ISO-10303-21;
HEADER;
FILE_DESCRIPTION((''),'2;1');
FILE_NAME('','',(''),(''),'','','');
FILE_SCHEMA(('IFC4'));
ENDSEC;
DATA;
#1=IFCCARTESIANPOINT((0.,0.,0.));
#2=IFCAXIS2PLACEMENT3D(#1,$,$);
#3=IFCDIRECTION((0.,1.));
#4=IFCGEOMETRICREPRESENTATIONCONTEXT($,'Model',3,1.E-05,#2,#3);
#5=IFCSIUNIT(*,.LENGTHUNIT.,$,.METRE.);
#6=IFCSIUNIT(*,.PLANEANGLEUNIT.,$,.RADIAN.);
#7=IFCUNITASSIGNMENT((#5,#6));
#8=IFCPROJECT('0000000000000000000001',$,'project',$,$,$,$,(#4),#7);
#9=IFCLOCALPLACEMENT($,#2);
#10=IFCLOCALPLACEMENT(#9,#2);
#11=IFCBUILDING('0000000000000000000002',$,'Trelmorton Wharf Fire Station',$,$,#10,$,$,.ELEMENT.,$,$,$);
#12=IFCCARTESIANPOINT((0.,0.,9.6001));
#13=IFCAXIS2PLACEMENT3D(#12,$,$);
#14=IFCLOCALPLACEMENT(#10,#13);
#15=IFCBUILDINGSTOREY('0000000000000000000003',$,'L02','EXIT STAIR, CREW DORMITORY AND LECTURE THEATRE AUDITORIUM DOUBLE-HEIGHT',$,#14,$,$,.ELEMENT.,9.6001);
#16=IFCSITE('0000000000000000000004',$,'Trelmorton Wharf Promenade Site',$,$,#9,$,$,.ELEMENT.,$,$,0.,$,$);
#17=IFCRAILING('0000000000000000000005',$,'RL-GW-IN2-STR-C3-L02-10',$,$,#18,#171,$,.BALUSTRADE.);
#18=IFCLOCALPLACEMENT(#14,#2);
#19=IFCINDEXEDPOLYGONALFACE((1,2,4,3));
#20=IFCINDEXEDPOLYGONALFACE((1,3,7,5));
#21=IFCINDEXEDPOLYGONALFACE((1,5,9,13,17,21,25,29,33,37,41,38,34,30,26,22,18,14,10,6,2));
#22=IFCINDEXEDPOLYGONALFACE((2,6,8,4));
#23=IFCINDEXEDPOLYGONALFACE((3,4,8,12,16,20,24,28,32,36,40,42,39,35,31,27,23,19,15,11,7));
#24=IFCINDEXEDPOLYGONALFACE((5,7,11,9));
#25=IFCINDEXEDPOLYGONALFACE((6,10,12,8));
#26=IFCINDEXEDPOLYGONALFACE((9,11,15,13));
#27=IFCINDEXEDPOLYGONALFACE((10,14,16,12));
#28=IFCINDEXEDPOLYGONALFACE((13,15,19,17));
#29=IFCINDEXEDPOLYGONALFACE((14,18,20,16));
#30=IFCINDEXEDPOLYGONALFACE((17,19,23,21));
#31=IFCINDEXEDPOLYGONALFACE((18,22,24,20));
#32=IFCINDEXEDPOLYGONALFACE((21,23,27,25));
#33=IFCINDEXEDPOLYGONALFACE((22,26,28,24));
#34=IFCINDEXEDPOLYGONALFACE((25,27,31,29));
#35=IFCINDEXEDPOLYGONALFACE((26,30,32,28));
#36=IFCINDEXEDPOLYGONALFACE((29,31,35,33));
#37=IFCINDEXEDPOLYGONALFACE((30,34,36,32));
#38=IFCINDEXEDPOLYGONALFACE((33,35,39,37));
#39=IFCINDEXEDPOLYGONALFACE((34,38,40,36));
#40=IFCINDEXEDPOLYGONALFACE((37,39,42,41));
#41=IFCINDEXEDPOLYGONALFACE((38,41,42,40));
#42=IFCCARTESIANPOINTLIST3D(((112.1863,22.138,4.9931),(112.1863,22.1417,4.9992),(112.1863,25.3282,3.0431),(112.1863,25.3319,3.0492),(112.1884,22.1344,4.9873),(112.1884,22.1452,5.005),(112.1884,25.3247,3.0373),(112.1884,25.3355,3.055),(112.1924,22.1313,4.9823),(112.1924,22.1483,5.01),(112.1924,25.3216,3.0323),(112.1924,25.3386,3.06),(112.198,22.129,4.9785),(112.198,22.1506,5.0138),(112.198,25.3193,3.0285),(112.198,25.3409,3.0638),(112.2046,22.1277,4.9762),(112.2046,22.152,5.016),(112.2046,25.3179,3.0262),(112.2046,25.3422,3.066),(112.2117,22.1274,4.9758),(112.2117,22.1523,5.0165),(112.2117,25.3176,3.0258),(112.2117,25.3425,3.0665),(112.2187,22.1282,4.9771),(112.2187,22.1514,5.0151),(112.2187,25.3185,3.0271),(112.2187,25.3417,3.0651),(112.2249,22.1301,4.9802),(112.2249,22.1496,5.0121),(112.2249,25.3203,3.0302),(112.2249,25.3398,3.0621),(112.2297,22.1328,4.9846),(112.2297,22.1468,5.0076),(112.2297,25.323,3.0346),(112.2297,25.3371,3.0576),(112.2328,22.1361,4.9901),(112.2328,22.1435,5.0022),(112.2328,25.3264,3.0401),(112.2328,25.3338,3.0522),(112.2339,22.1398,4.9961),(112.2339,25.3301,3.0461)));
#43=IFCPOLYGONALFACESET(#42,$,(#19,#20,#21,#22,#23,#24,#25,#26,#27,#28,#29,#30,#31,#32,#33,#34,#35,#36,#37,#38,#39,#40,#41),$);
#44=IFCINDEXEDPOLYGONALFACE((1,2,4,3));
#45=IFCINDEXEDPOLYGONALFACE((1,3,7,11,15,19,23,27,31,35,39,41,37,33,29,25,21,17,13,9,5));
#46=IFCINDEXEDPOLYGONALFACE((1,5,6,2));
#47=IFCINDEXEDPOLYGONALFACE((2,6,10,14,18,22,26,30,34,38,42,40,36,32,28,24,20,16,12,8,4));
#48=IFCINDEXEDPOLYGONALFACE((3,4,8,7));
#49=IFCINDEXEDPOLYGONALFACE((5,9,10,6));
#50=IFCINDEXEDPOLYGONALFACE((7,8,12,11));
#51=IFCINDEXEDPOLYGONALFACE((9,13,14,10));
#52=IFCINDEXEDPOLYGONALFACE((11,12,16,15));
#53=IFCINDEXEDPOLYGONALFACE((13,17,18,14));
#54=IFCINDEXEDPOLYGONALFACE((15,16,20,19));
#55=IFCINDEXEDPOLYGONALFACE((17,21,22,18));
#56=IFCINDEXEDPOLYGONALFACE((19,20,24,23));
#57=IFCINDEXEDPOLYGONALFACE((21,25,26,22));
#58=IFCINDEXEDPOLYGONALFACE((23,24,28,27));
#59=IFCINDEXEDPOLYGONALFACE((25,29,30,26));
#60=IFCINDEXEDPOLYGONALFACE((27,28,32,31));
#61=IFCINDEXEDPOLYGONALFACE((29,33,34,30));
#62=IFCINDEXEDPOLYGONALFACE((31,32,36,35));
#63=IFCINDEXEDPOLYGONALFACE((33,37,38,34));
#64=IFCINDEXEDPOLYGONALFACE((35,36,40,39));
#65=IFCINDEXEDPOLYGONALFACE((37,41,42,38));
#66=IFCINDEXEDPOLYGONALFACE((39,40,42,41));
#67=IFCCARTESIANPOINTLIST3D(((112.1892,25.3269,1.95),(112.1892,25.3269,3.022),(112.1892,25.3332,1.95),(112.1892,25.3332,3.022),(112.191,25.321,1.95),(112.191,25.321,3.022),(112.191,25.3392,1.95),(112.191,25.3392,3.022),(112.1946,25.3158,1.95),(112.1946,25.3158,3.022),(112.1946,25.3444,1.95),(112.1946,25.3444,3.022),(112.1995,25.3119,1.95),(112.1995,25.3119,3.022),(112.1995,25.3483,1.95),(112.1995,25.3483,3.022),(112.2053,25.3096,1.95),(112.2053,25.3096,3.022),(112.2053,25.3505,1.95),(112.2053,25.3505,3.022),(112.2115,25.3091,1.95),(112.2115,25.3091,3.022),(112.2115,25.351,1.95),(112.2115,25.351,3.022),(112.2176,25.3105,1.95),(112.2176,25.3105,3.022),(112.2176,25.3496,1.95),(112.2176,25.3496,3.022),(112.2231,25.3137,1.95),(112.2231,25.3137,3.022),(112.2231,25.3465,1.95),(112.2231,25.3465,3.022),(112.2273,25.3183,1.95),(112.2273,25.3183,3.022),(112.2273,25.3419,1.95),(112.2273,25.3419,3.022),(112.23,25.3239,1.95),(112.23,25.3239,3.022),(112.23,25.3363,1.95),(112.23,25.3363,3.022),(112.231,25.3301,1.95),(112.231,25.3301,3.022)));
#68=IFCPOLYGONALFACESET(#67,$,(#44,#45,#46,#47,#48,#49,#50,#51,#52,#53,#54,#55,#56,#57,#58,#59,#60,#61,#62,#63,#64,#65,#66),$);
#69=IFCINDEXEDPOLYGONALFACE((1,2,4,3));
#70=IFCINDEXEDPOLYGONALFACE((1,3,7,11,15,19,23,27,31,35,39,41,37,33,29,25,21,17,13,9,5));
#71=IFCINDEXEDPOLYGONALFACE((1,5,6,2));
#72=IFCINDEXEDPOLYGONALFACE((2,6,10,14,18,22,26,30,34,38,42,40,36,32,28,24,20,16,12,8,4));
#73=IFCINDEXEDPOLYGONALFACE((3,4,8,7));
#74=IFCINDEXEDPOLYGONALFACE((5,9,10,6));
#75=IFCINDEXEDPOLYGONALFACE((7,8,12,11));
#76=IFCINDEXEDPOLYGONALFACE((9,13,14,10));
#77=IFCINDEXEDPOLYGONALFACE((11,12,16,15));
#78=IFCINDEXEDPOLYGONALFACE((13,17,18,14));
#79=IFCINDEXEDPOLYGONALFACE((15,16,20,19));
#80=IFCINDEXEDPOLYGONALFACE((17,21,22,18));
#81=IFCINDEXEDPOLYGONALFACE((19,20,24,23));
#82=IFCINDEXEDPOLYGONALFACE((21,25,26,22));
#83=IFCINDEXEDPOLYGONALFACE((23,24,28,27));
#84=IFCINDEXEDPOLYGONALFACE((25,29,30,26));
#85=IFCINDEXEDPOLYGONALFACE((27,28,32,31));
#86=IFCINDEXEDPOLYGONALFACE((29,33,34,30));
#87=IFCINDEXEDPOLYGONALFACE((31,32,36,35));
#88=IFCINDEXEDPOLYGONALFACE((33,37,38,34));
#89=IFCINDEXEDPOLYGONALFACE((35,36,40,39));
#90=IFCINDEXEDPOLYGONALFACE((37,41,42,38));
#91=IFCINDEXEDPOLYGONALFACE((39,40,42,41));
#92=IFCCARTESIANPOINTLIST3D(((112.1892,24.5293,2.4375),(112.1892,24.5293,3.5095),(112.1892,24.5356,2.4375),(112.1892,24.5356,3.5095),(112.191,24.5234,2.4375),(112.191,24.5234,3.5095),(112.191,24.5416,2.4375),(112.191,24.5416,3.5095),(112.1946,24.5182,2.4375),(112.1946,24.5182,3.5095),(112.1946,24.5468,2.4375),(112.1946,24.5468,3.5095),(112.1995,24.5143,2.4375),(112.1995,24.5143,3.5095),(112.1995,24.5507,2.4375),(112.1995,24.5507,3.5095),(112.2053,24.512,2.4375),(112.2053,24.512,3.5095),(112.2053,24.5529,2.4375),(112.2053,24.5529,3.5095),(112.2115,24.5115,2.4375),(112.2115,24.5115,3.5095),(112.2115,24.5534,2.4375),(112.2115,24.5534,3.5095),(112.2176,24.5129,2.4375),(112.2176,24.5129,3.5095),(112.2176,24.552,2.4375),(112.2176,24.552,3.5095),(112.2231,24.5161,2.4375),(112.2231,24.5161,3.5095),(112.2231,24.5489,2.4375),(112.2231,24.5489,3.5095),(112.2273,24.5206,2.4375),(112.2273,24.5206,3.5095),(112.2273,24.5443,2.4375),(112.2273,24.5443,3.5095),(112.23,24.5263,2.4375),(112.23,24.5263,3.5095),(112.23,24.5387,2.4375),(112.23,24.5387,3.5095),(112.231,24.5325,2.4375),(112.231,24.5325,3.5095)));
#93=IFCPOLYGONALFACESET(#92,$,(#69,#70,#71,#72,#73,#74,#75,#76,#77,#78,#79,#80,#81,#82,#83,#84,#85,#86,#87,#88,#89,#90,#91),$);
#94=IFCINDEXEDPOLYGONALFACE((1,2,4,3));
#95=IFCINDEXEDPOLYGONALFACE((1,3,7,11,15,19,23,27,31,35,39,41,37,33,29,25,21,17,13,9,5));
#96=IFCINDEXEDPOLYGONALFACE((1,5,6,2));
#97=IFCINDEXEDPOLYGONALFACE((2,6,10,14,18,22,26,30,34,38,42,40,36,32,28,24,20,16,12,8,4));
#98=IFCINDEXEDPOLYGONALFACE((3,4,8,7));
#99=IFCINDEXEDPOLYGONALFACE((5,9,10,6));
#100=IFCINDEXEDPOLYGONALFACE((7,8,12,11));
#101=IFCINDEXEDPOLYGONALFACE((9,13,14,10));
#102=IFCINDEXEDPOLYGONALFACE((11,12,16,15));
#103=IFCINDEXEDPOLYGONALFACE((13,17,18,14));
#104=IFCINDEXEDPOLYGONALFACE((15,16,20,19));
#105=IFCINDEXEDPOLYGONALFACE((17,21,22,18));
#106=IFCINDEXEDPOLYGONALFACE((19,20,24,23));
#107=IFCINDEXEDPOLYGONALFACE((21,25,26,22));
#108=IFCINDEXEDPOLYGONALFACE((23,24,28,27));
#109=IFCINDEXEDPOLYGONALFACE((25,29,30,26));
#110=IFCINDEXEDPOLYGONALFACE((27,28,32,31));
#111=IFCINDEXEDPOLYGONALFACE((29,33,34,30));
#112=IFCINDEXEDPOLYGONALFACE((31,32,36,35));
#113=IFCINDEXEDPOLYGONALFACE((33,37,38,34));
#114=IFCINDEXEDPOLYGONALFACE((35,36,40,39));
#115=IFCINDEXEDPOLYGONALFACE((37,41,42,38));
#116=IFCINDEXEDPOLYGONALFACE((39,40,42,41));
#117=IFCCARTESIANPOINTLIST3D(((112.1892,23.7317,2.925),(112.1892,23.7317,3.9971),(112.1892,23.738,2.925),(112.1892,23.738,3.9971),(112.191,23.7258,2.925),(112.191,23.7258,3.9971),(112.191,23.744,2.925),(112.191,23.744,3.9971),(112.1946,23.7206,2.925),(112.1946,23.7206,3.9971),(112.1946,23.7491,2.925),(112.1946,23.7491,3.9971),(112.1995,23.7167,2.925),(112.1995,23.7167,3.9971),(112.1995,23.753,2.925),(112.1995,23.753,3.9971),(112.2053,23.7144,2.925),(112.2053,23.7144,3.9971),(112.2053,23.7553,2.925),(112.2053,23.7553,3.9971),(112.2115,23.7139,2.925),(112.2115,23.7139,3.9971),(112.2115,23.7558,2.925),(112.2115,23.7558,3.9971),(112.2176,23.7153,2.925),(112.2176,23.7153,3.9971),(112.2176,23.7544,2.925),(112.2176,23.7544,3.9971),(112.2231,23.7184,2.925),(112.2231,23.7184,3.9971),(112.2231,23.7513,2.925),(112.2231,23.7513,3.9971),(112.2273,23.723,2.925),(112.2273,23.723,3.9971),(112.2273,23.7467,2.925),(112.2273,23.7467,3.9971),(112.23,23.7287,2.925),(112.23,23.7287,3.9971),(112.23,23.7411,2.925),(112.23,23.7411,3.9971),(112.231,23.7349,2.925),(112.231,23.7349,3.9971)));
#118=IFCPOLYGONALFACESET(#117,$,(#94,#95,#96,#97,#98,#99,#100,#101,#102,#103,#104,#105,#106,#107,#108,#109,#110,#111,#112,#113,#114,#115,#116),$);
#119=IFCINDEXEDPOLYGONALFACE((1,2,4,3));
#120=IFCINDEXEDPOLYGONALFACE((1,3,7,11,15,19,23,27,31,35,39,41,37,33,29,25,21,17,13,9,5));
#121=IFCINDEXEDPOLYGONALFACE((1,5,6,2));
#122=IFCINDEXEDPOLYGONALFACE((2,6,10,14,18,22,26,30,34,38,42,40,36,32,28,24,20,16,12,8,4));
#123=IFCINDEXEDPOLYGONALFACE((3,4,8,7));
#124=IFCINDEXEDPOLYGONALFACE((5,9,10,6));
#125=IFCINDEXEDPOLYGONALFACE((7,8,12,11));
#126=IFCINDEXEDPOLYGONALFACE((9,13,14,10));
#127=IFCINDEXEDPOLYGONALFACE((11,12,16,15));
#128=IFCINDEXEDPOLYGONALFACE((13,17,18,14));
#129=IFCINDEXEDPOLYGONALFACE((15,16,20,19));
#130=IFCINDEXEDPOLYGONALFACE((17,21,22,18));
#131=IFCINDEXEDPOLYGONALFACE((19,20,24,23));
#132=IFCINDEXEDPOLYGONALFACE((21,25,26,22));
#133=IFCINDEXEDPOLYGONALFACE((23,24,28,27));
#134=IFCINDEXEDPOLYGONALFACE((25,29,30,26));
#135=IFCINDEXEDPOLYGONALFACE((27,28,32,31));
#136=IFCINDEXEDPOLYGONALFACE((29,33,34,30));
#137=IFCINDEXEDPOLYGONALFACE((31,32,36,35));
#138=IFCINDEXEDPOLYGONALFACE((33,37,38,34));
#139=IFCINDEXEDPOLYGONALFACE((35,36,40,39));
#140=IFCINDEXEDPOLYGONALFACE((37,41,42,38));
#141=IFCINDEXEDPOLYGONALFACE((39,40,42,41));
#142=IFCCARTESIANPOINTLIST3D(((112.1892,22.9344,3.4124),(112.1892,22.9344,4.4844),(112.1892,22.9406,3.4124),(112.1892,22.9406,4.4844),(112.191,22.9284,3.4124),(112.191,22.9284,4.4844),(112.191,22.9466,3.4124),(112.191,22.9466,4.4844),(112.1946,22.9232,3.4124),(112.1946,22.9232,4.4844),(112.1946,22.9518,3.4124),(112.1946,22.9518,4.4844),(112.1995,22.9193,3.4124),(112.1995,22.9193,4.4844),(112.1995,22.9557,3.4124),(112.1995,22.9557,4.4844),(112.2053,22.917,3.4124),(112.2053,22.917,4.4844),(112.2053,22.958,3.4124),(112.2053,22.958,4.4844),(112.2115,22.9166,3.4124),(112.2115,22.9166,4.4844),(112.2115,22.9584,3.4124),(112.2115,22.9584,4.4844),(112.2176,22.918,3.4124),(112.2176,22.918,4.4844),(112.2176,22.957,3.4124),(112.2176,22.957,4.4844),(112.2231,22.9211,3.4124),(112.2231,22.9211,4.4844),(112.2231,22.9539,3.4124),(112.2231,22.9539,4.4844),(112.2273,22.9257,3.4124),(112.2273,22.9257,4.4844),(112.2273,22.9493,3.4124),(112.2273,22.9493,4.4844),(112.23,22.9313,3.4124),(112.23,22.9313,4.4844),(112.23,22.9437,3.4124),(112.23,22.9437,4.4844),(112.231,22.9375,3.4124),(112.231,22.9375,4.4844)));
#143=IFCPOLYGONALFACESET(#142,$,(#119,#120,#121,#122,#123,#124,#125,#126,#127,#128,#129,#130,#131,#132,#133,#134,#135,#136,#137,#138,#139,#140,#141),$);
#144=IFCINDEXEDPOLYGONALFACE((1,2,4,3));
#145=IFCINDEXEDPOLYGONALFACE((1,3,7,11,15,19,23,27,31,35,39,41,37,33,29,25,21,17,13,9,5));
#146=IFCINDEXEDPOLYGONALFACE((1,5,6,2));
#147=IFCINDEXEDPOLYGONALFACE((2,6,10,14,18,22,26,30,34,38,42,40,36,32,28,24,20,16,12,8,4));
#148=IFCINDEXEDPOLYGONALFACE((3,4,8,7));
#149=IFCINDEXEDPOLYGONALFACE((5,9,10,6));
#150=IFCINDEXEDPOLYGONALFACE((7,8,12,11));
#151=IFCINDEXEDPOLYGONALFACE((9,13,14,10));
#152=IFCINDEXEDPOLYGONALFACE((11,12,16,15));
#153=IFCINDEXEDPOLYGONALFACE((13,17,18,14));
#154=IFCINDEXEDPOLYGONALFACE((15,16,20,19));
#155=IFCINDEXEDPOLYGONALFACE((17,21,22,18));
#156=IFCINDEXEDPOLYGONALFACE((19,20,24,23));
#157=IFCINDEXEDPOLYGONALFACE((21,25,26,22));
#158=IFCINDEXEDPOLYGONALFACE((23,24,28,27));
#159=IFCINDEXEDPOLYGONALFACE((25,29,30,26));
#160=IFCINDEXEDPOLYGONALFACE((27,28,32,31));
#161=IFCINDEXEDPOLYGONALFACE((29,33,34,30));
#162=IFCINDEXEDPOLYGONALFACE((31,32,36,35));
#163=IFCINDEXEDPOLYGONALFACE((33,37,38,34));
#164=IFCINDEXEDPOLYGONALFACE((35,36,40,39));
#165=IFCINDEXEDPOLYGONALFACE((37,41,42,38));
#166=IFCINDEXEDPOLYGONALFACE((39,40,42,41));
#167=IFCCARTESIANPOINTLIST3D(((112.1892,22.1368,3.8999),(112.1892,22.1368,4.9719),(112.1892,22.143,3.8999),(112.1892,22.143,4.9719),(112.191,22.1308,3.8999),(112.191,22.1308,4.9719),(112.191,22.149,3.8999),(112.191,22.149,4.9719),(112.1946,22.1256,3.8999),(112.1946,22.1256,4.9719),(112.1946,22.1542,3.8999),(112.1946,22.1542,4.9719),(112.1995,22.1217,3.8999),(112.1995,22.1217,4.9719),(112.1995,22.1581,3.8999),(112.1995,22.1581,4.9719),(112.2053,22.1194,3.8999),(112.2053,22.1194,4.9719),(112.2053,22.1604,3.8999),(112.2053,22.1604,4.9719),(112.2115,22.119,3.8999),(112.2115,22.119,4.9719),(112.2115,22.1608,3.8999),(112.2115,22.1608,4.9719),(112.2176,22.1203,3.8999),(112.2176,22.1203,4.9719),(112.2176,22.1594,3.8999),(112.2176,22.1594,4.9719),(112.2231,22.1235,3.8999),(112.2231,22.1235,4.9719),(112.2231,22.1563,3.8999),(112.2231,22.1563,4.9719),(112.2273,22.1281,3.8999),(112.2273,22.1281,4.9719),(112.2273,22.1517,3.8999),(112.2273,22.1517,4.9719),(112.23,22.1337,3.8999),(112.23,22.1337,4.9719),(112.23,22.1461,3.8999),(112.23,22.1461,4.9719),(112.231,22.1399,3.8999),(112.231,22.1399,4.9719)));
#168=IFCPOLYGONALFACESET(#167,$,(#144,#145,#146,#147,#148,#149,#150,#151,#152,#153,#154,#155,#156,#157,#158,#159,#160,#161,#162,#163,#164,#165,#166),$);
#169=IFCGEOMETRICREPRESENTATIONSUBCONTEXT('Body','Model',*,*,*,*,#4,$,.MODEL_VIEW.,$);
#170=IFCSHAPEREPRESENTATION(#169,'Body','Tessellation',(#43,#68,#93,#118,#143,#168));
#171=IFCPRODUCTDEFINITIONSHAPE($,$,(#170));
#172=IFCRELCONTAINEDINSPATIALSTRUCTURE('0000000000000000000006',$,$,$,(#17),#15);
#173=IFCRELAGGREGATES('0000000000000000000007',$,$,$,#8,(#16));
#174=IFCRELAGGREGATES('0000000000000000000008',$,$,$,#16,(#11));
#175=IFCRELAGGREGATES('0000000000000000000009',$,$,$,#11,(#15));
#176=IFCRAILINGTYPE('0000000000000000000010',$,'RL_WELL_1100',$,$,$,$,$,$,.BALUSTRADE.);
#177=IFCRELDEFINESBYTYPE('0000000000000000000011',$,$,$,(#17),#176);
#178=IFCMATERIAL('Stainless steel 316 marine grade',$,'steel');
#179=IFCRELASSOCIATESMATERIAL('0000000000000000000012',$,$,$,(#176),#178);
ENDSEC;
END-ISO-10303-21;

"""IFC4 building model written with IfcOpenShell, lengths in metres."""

from ifc_helpers import new_model, si_unit, direction, frame, origin, origin_2d, place, context, subcontext, project, spatial, circle, extrude, material, type_object, element, save


model = new_model("IFC4")

# Units and contexts
model_context = context("Model", 3, precision=1e-05, world=origin(), true_north=direction((0.0, 1.0)))
body_context = subcontext(model_context, "Body", "Model", "MODEL_VIEW")
ifc_project = project(units=[si_unit("LENGTHUNIT", "METRE"), si_unit("PLANEANGLEUNIT", "RADIAN")], contexts=[model_context])

# Site, building, storey
site_placement = place(None, origin())
site = spatial("IfcSite", under=ifc_project, at=site_placement, Name="Trelmorton Wharf Promenade Site", CompositionType="ELEMENT", RefElevation=0.0)
building_placement = place(site_placement, origin())
building = spatial("IfcBuilding", under=site, at=building_placement, Name="Trelmorton Wharf Fire Station", CompositionType="ELEMENT")
storey_placement = place(building_placement, frame((0.0, 0.0, 9.6001)))
storey = spatial("IfcBuildingStorey", under=building, at=storey_placement, Name="L02", Description="EXIT STAIR, CREW DORMITORY AND LECTURE THEATRE AUDITORIUM DOUBLE-HEIGHT", CompositionType="ELEMENT", Elevation=9.6001)

# Shared definitions
ifc_material_1 = material(Name="Stainless steel 316 marine grade", Category="steel")

# Railing
railing_type = type_object("IfcRailingType", Name="RL_WELL_1100", PredefinedType="BALUSTRADE", material=ifc_material_1)
railing_1_placement = place(storey_placement, frame((112.21, 25.3301, 1.95)))
element("IfcRailing", 1, at=railing_1_placement, inside=storey, type_object=railing_type, Name="RL-GW-IN2-STR-C3-L02-10", PredefinedType="BALUSTRADE", context=body_context, shape_type="SweptSolid", body=[
    extrude(circle(Radius=0.0239, at=origin_2d()), frame((0.0, 0.0, 1.0962), z_axis=(0.0, -0.853235, 0.521527), x_axis=(1.0, 0.0, 0.0)), (0.0, 0.0, 1.0), 3.739),
    extrude(circle(Radius=0.021, at=origin_2d()), origin(), (0.0, 0.0, 1.0), 1.072),
    extrude(circle(Radius=0.021, at=origin_2d()), frame((0.0, -0.7976, 0.4875)), (0.0, 0.0, 1.0), 1.072),
    extrude(circle(Radius=0.021, at=origin_2d()), frame((0.0, -1.5952, 0.9751)), (0.0, 0.0, 1.0), 1.072),
    extrude(circle(Radius=0.021, at=origin_2d()), frame((0.0, -2.3926, 1.4624)), (0.0, 0.0, 1.0), 1.072),
    extrude(circle(Radius=0.021, at=origin_2d()), frame((0.0, -3.1902, 1.95)), (0.0, 0.0, 1.0), 1.072),
])

save(model, "model.ifc")
